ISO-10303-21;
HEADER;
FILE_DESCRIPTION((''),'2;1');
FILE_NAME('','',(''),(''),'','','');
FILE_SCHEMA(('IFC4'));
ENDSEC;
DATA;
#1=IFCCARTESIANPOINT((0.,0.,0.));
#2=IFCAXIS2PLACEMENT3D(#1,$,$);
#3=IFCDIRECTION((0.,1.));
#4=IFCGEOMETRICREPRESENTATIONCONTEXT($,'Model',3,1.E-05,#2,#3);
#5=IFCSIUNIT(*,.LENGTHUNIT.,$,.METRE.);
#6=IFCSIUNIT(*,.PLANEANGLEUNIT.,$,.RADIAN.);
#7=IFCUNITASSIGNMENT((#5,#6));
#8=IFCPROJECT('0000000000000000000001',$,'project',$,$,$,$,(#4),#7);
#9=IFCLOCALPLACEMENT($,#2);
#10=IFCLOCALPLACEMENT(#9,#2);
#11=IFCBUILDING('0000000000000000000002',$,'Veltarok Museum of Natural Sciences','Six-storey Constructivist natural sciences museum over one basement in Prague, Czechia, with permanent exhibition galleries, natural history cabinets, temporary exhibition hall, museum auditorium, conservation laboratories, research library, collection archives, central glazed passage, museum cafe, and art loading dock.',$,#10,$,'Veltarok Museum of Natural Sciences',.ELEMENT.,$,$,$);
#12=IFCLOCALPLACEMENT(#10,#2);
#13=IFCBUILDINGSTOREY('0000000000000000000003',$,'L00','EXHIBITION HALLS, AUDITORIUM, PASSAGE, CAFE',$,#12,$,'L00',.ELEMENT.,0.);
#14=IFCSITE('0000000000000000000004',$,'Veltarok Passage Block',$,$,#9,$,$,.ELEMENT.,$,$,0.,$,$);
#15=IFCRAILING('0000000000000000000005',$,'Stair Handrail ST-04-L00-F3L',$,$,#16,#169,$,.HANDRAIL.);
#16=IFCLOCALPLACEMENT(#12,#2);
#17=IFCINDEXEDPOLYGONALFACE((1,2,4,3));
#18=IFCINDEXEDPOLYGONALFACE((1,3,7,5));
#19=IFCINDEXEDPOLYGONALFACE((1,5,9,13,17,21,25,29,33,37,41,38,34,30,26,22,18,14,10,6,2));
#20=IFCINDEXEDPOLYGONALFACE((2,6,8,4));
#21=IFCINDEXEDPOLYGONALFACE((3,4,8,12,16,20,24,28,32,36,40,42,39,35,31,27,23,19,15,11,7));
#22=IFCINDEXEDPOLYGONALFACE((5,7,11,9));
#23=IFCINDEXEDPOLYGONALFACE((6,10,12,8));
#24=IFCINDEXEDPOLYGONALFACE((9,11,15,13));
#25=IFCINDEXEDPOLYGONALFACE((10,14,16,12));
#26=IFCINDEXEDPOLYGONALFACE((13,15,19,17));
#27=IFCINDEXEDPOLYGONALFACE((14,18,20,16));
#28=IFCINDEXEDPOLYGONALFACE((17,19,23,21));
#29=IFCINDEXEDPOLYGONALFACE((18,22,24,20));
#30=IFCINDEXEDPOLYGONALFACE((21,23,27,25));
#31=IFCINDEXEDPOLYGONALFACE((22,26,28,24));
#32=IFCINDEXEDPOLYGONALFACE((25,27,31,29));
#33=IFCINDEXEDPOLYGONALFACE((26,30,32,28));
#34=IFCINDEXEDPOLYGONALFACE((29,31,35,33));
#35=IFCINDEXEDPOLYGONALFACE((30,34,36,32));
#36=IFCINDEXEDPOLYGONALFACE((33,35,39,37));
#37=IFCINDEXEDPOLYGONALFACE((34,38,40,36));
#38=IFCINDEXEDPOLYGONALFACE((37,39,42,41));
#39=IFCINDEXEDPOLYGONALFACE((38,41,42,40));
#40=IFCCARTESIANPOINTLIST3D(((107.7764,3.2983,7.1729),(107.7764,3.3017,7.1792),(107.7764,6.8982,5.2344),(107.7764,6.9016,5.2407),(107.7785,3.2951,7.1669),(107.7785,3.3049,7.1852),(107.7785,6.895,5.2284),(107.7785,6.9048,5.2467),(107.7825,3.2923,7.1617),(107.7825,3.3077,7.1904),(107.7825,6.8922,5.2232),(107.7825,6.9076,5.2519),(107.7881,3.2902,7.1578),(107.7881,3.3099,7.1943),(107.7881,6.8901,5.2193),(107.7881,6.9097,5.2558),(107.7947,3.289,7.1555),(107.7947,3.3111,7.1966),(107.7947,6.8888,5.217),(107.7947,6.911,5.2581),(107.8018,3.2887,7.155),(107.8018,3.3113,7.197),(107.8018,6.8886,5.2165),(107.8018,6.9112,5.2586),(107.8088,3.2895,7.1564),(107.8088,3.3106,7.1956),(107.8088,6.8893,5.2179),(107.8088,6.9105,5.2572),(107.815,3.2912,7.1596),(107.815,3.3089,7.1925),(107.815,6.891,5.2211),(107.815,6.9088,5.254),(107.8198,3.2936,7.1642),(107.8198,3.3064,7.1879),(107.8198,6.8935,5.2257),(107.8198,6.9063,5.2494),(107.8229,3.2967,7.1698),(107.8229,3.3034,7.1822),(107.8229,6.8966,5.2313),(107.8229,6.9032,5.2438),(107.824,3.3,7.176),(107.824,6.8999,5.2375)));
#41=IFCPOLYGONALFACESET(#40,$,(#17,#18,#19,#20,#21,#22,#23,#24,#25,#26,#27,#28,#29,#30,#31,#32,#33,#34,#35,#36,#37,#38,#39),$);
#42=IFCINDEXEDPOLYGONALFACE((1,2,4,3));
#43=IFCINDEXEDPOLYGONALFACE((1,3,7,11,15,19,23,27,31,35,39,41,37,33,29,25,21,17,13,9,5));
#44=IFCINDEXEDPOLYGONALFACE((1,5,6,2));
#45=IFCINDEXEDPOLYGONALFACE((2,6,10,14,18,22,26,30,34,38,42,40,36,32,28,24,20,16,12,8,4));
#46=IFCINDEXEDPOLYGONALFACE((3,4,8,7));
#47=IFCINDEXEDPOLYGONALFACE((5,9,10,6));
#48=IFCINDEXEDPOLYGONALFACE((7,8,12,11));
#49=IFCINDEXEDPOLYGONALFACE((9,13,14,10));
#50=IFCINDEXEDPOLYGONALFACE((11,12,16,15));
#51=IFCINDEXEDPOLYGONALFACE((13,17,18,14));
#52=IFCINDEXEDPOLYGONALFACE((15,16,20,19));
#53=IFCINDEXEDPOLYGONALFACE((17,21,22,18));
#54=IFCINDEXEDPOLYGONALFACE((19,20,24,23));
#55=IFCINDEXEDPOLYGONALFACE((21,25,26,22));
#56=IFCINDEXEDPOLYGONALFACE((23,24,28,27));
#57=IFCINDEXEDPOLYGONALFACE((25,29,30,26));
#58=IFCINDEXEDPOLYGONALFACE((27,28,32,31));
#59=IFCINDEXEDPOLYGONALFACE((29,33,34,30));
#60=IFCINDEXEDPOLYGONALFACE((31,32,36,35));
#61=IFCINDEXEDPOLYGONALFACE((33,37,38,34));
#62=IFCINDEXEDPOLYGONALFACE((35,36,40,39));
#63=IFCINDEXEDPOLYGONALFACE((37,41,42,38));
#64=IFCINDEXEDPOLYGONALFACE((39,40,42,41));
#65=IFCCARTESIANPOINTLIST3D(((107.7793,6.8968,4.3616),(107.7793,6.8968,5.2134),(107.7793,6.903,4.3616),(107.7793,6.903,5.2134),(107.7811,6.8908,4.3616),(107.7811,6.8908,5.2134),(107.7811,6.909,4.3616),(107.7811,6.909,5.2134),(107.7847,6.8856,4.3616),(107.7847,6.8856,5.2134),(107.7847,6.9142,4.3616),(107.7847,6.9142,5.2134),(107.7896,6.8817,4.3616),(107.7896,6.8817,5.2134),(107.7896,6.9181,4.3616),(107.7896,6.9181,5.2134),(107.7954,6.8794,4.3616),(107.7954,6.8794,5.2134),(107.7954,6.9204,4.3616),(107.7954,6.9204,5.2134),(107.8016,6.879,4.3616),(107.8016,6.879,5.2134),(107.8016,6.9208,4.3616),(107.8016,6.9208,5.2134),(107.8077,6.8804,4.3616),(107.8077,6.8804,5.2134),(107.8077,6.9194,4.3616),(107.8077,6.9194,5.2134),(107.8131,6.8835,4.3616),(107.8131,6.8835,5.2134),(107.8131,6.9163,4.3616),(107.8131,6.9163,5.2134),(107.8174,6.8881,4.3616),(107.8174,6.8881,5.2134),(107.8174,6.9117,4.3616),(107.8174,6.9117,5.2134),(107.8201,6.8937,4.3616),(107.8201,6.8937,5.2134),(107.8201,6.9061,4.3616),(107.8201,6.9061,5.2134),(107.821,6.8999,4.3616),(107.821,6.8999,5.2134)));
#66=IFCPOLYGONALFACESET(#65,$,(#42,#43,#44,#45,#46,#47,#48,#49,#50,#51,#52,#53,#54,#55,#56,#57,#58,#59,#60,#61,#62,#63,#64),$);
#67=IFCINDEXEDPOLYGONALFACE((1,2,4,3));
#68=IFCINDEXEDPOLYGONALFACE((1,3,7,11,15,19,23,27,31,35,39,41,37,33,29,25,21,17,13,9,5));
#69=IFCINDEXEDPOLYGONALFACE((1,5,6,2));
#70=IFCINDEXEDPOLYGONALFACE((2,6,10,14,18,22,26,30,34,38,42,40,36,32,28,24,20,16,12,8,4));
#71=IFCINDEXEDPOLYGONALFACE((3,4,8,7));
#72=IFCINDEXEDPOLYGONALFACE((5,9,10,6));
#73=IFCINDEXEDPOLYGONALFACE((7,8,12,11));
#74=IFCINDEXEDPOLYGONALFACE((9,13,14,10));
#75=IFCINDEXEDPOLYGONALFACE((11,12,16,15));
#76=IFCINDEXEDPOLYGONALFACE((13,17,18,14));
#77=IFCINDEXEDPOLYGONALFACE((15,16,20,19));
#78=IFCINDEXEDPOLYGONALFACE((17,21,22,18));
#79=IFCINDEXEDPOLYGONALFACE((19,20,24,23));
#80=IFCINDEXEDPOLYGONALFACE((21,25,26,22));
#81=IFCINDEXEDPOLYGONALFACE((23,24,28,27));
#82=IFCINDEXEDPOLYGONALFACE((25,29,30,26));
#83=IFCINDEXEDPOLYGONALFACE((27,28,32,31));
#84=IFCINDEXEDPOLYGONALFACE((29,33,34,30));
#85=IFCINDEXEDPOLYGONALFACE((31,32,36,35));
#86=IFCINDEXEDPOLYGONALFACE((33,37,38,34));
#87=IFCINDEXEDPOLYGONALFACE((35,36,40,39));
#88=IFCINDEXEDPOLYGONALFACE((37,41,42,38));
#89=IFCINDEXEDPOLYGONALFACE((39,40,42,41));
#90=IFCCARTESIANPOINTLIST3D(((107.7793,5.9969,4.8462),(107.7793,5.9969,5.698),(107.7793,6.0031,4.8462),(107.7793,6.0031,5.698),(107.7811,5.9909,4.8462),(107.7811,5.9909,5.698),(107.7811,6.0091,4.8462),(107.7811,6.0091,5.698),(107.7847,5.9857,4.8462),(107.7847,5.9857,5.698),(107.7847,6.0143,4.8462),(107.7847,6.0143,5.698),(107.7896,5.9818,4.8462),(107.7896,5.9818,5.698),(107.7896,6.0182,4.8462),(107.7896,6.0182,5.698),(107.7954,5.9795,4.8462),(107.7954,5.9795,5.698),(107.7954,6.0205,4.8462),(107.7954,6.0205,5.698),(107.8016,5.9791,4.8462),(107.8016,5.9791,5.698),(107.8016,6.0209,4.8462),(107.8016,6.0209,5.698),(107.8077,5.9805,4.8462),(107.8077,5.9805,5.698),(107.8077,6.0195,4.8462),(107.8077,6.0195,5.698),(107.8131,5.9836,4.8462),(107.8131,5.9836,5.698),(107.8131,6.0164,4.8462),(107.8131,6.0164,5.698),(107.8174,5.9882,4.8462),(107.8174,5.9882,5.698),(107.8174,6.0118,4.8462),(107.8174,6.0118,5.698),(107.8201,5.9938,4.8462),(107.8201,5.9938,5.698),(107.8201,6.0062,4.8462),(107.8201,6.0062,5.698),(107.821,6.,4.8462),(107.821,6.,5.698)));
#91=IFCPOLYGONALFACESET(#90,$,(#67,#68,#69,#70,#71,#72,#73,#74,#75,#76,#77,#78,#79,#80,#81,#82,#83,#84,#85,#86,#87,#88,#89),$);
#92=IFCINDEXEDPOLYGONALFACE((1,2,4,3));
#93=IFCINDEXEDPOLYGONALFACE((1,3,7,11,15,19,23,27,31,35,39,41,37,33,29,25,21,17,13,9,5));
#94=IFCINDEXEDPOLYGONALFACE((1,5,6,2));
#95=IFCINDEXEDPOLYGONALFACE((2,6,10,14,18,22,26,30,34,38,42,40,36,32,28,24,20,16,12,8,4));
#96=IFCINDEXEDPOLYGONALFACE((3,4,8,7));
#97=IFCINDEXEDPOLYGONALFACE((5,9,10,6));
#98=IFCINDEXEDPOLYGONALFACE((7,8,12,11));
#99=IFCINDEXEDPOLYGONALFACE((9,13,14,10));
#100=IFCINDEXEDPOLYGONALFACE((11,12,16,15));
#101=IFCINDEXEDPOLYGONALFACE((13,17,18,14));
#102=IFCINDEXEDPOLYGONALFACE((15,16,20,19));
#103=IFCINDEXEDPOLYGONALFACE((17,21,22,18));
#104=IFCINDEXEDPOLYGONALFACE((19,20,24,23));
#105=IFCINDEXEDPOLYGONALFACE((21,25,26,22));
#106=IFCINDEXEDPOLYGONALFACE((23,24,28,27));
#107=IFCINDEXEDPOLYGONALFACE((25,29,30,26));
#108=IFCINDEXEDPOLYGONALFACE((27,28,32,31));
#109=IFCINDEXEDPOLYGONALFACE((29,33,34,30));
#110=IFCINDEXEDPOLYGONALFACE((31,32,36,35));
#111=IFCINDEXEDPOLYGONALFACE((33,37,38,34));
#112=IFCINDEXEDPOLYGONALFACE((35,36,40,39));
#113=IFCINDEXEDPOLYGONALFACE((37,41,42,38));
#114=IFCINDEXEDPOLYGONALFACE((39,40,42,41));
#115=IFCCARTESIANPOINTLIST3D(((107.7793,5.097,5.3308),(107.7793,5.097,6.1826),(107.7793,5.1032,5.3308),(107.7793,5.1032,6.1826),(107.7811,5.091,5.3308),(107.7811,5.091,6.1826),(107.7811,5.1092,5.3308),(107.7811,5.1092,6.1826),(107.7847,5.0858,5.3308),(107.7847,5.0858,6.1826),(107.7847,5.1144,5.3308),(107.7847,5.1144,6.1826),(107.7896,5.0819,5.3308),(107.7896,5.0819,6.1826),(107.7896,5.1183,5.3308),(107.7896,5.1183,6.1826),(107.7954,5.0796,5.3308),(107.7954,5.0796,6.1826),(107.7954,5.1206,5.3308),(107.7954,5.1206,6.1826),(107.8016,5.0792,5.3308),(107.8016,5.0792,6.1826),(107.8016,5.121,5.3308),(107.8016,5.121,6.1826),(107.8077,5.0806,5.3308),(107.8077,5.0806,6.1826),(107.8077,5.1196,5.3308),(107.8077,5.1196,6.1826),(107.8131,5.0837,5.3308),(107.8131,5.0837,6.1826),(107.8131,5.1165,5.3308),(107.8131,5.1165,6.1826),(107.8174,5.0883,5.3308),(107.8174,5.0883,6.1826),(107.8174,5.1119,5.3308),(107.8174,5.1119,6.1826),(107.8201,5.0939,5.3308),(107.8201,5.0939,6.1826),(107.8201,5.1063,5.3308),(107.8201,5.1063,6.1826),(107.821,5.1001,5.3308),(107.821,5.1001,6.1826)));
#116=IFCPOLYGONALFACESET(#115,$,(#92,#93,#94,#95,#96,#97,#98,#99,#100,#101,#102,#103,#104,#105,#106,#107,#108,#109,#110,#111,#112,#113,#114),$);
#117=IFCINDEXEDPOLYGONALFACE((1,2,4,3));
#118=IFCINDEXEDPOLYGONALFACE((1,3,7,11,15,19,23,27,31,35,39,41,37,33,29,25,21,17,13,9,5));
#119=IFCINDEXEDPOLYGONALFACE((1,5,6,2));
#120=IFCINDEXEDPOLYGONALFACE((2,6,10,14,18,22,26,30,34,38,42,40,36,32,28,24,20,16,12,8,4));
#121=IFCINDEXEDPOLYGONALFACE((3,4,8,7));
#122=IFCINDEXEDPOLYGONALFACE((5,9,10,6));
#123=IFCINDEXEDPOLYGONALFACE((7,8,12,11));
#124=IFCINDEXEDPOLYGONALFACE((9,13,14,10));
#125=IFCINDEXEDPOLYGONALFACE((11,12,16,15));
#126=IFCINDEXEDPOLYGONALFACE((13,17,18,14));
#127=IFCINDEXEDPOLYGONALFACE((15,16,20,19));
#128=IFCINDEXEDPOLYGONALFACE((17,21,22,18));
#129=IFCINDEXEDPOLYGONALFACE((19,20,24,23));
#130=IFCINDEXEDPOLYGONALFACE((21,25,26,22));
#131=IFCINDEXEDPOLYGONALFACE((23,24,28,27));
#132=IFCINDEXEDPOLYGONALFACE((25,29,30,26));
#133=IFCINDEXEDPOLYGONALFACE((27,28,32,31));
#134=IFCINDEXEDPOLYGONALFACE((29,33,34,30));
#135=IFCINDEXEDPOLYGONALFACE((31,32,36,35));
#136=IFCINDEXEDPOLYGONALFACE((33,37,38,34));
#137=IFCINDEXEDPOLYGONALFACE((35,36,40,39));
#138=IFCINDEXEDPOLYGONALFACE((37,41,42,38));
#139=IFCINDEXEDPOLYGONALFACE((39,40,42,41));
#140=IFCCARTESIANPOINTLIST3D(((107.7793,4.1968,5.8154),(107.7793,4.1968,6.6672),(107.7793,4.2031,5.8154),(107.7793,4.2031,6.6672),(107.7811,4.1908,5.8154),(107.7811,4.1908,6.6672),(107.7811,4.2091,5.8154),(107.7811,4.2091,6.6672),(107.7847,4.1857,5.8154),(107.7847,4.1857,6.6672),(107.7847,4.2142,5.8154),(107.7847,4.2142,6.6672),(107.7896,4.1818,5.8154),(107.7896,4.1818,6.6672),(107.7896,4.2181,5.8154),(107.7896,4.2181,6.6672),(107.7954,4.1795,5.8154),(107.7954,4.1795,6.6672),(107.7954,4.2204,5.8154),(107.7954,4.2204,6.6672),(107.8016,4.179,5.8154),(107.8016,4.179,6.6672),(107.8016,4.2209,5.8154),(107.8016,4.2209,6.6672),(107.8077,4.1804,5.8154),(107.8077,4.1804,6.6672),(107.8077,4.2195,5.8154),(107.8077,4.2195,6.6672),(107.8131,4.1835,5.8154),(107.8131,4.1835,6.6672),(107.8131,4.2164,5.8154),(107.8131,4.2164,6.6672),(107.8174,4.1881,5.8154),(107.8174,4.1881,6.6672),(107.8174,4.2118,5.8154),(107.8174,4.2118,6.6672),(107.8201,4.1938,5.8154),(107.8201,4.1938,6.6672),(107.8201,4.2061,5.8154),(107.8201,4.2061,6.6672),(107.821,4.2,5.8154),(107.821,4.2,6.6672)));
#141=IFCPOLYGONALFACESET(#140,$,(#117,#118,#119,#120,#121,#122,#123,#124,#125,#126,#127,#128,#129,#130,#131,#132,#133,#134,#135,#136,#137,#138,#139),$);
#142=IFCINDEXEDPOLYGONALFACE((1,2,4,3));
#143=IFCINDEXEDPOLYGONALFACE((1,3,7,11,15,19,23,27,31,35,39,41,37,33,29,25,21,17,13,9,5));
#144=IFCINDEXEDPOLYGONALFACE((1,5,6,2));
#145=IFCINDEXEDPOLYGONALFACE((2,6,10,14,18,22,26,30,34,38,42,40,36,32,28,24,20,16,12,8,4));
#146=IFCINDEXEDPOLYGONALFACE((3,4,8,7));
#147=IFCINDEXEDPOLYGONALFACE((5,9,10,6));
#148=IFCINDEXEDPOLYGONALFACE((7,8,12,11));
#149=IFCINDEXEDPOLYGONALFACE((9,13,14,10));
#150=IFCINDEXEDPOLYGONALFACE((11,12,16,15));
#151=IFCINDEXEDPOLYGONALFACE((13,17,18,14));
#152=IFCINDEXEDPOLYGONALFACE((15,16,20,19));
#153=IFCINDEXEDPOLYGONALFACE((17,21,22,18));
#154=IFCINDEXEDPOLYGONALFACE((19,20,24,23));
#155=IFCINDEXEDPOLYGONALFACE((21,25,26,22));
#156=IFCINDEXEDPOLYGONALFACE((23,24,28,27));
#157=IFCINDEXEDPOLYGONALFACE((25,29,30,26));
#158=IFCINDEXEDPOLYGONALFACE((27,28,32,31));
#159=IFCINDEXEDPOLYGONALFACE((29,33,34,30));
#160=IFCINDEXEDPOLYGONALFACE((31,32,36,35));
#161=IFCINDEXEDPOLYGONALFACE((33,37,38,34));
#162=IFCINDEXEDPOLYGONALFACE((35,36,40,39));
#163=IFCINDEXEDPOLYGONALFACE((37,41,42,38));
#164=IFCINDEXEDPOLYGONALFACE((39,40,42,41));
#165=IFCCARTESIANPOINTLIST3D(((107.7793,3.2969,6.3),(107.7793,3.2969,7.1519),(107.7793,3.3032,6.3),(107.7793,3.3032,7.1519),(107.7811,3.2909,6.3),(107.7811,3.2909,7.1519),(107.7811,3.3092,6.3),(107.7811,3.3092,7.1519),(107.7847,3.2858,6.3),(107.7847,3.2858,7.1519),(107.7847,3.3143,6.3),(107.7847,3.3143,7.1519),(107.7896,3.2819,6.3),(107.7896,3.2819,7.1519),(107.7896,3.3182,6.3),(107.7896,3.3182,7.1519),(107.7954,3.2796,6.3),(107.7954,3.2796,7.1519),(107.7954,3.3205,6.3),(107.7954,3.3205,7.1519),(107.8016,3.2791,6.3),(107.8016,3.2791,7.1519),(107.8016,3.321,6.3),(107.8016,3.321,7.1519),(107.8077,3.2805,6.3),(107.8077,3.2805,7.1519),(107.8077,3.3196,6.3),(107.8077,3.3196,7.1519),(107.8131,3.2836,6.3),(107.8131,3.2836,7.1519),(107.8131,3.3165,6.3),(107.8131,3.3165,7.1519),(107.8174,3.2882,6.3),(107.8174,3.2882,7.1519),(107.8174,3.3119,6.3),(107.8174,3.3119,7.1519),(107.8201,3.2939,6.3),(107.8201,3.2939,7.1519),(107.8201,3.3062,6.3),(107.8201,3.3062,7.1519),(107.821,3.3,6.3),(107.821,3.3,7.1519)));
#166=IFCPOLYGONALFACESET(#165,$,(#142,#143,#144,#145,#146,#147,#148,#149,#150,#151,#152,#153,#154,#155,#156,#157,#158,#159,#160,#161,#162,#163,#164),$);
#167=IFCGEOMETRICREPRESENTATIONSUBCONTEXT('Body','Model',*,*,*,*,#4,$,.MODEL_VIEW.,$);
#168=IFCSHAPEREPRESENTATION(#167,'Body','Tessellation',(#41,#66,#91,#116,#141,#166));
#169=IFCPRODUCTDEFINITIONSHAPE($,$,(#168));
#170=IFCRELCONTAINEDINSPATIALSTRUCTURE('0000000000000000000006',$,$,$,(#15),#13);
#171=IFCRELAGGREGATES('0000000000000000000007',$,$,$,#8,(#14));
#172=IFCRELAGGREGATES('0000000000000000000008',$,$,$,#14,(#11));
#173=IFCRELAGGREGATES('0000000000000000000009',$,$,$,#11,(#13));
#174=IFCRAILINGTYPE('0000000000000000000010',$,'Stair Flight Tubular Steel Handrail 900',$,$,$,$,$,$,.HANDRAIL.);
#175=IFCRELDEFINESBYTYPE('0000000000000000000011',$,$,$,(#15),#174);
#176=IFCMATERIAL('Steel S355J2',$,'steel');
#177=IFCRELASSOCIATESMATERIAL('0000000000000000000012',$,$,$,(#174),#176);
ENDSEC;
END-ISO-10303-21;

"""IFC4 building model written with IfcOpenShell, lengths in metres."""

from ifc_helpers import new_model, si_unit, direction, frame, origin, origin_2d, place, context, subcontext, project, spatial, circle, extrude, material, type_object, element, save


model = new_model("IFC4")

# Units and contexts
model_context = context("Model", 3, precision=1e-05, world=origin(), true_north=direction((0.0, 1.0)))
body_context = subcontext(model_context, "Body", "Model", "MODEL_VIEW")
ifc_project = project(units=[si_unit("LENGTHUNIT", "METRE"), si_unit("PLANEANGLEUNIT", "RADIAN")], contexts=[model_context])

# Site, building, storey
site_placement = place(None, origin())
site = spatial("IfcSite", under=ifc_project, at=site_placement, Name="Veltarok Passage Block", CompositionType="ELEMENT", RefElevation=0.0)
building_placement = place(site_placement, origin())
building = spatial("IfcBuilding", under=site, at=building_placement, Name="Veltarok Museum of Natural Sciences", Description="Six-storey Constructivist natural sciences museum over one basement in Prague, Czechia, with permanent exhibition galleries, natural history cabinets, temporary exhibition hall, museum auditorium, conservation laboratories, research library, collection archives, central glazed passage, museum cafe, and art loading dock.", LongName="Veltarok Museum of Natural Sciences", CompositionType="ELEMENT")
storey_placement = place(building_placement, origin())
storey = spatial("IfcBuildingStorey", under=building, at=storey_placement, Name="L00", Description="EXHIBITION HALLS, AUDITORIUM, PASSAGE, CAFE", LongName="L00", CompositionType="ELEMENT", Elevation=0.0)

# Shared definitions
ifc_material_1 = material(Name="Steel S355J2", Category="steel")

# Railing
railing_type_1 = type_object("IfcRailingType", Name="Stair Flight Tubular Steel Handrail 900", PredefinedType="HANDRAIL", material=ifc_material_1)
for number, where, name in (
    (1, (107.8, 6.8999, 4.3616), "Stair Handrail ST-04-L00-F3L"),
):
    element("IfcRailing", number, at=place(storey_placement, frame(where)), inside=storey, type_object=railing_type_1, Name=name, PredefinedType="HANDRAIL", context=body_context, shape_type="SweptSolid", body=[
        extrude(circle(Radius=0.0239, at=origin_2d()), frame((0.0, 0.0, 0.876), z_axis=(0.0, -0.880462, 0.474118), x_axis=(1.0, 0.0, 0.0)), (0.0, 0.0, 1.0), 4.0886),
        extrude(circle(Radius=0.021, at=origin_2d()), origin(), (0.0, 0.0, 1.0), 0.8518),
        extrude(circle(Radius=0.021, at=origin_2d()), frame((0.0, -0.8999, 0.4846)), (0.0, 0.0, 1.0), 0.8518),
        extrude(circle(Radius=0.021, at=origin_2d()), frame((0.0, -1.7998, 0.9692)), (0.0, 0.0, 1.0), 0.8518),
        extrude(circle(Radius=0.021, at=origin_2d()), frame((0.0, -2.7, 1.4539)), (0.0, 0.0, 1.0), 0.8518),
        extrude(circle(Radius=0.021, at=origin_2d()), frame((0.0, -3.5999, 1.9385)), (0.0, 0.0, 1.0), 0.8518),
    ])

save(model, "model.ifc")
